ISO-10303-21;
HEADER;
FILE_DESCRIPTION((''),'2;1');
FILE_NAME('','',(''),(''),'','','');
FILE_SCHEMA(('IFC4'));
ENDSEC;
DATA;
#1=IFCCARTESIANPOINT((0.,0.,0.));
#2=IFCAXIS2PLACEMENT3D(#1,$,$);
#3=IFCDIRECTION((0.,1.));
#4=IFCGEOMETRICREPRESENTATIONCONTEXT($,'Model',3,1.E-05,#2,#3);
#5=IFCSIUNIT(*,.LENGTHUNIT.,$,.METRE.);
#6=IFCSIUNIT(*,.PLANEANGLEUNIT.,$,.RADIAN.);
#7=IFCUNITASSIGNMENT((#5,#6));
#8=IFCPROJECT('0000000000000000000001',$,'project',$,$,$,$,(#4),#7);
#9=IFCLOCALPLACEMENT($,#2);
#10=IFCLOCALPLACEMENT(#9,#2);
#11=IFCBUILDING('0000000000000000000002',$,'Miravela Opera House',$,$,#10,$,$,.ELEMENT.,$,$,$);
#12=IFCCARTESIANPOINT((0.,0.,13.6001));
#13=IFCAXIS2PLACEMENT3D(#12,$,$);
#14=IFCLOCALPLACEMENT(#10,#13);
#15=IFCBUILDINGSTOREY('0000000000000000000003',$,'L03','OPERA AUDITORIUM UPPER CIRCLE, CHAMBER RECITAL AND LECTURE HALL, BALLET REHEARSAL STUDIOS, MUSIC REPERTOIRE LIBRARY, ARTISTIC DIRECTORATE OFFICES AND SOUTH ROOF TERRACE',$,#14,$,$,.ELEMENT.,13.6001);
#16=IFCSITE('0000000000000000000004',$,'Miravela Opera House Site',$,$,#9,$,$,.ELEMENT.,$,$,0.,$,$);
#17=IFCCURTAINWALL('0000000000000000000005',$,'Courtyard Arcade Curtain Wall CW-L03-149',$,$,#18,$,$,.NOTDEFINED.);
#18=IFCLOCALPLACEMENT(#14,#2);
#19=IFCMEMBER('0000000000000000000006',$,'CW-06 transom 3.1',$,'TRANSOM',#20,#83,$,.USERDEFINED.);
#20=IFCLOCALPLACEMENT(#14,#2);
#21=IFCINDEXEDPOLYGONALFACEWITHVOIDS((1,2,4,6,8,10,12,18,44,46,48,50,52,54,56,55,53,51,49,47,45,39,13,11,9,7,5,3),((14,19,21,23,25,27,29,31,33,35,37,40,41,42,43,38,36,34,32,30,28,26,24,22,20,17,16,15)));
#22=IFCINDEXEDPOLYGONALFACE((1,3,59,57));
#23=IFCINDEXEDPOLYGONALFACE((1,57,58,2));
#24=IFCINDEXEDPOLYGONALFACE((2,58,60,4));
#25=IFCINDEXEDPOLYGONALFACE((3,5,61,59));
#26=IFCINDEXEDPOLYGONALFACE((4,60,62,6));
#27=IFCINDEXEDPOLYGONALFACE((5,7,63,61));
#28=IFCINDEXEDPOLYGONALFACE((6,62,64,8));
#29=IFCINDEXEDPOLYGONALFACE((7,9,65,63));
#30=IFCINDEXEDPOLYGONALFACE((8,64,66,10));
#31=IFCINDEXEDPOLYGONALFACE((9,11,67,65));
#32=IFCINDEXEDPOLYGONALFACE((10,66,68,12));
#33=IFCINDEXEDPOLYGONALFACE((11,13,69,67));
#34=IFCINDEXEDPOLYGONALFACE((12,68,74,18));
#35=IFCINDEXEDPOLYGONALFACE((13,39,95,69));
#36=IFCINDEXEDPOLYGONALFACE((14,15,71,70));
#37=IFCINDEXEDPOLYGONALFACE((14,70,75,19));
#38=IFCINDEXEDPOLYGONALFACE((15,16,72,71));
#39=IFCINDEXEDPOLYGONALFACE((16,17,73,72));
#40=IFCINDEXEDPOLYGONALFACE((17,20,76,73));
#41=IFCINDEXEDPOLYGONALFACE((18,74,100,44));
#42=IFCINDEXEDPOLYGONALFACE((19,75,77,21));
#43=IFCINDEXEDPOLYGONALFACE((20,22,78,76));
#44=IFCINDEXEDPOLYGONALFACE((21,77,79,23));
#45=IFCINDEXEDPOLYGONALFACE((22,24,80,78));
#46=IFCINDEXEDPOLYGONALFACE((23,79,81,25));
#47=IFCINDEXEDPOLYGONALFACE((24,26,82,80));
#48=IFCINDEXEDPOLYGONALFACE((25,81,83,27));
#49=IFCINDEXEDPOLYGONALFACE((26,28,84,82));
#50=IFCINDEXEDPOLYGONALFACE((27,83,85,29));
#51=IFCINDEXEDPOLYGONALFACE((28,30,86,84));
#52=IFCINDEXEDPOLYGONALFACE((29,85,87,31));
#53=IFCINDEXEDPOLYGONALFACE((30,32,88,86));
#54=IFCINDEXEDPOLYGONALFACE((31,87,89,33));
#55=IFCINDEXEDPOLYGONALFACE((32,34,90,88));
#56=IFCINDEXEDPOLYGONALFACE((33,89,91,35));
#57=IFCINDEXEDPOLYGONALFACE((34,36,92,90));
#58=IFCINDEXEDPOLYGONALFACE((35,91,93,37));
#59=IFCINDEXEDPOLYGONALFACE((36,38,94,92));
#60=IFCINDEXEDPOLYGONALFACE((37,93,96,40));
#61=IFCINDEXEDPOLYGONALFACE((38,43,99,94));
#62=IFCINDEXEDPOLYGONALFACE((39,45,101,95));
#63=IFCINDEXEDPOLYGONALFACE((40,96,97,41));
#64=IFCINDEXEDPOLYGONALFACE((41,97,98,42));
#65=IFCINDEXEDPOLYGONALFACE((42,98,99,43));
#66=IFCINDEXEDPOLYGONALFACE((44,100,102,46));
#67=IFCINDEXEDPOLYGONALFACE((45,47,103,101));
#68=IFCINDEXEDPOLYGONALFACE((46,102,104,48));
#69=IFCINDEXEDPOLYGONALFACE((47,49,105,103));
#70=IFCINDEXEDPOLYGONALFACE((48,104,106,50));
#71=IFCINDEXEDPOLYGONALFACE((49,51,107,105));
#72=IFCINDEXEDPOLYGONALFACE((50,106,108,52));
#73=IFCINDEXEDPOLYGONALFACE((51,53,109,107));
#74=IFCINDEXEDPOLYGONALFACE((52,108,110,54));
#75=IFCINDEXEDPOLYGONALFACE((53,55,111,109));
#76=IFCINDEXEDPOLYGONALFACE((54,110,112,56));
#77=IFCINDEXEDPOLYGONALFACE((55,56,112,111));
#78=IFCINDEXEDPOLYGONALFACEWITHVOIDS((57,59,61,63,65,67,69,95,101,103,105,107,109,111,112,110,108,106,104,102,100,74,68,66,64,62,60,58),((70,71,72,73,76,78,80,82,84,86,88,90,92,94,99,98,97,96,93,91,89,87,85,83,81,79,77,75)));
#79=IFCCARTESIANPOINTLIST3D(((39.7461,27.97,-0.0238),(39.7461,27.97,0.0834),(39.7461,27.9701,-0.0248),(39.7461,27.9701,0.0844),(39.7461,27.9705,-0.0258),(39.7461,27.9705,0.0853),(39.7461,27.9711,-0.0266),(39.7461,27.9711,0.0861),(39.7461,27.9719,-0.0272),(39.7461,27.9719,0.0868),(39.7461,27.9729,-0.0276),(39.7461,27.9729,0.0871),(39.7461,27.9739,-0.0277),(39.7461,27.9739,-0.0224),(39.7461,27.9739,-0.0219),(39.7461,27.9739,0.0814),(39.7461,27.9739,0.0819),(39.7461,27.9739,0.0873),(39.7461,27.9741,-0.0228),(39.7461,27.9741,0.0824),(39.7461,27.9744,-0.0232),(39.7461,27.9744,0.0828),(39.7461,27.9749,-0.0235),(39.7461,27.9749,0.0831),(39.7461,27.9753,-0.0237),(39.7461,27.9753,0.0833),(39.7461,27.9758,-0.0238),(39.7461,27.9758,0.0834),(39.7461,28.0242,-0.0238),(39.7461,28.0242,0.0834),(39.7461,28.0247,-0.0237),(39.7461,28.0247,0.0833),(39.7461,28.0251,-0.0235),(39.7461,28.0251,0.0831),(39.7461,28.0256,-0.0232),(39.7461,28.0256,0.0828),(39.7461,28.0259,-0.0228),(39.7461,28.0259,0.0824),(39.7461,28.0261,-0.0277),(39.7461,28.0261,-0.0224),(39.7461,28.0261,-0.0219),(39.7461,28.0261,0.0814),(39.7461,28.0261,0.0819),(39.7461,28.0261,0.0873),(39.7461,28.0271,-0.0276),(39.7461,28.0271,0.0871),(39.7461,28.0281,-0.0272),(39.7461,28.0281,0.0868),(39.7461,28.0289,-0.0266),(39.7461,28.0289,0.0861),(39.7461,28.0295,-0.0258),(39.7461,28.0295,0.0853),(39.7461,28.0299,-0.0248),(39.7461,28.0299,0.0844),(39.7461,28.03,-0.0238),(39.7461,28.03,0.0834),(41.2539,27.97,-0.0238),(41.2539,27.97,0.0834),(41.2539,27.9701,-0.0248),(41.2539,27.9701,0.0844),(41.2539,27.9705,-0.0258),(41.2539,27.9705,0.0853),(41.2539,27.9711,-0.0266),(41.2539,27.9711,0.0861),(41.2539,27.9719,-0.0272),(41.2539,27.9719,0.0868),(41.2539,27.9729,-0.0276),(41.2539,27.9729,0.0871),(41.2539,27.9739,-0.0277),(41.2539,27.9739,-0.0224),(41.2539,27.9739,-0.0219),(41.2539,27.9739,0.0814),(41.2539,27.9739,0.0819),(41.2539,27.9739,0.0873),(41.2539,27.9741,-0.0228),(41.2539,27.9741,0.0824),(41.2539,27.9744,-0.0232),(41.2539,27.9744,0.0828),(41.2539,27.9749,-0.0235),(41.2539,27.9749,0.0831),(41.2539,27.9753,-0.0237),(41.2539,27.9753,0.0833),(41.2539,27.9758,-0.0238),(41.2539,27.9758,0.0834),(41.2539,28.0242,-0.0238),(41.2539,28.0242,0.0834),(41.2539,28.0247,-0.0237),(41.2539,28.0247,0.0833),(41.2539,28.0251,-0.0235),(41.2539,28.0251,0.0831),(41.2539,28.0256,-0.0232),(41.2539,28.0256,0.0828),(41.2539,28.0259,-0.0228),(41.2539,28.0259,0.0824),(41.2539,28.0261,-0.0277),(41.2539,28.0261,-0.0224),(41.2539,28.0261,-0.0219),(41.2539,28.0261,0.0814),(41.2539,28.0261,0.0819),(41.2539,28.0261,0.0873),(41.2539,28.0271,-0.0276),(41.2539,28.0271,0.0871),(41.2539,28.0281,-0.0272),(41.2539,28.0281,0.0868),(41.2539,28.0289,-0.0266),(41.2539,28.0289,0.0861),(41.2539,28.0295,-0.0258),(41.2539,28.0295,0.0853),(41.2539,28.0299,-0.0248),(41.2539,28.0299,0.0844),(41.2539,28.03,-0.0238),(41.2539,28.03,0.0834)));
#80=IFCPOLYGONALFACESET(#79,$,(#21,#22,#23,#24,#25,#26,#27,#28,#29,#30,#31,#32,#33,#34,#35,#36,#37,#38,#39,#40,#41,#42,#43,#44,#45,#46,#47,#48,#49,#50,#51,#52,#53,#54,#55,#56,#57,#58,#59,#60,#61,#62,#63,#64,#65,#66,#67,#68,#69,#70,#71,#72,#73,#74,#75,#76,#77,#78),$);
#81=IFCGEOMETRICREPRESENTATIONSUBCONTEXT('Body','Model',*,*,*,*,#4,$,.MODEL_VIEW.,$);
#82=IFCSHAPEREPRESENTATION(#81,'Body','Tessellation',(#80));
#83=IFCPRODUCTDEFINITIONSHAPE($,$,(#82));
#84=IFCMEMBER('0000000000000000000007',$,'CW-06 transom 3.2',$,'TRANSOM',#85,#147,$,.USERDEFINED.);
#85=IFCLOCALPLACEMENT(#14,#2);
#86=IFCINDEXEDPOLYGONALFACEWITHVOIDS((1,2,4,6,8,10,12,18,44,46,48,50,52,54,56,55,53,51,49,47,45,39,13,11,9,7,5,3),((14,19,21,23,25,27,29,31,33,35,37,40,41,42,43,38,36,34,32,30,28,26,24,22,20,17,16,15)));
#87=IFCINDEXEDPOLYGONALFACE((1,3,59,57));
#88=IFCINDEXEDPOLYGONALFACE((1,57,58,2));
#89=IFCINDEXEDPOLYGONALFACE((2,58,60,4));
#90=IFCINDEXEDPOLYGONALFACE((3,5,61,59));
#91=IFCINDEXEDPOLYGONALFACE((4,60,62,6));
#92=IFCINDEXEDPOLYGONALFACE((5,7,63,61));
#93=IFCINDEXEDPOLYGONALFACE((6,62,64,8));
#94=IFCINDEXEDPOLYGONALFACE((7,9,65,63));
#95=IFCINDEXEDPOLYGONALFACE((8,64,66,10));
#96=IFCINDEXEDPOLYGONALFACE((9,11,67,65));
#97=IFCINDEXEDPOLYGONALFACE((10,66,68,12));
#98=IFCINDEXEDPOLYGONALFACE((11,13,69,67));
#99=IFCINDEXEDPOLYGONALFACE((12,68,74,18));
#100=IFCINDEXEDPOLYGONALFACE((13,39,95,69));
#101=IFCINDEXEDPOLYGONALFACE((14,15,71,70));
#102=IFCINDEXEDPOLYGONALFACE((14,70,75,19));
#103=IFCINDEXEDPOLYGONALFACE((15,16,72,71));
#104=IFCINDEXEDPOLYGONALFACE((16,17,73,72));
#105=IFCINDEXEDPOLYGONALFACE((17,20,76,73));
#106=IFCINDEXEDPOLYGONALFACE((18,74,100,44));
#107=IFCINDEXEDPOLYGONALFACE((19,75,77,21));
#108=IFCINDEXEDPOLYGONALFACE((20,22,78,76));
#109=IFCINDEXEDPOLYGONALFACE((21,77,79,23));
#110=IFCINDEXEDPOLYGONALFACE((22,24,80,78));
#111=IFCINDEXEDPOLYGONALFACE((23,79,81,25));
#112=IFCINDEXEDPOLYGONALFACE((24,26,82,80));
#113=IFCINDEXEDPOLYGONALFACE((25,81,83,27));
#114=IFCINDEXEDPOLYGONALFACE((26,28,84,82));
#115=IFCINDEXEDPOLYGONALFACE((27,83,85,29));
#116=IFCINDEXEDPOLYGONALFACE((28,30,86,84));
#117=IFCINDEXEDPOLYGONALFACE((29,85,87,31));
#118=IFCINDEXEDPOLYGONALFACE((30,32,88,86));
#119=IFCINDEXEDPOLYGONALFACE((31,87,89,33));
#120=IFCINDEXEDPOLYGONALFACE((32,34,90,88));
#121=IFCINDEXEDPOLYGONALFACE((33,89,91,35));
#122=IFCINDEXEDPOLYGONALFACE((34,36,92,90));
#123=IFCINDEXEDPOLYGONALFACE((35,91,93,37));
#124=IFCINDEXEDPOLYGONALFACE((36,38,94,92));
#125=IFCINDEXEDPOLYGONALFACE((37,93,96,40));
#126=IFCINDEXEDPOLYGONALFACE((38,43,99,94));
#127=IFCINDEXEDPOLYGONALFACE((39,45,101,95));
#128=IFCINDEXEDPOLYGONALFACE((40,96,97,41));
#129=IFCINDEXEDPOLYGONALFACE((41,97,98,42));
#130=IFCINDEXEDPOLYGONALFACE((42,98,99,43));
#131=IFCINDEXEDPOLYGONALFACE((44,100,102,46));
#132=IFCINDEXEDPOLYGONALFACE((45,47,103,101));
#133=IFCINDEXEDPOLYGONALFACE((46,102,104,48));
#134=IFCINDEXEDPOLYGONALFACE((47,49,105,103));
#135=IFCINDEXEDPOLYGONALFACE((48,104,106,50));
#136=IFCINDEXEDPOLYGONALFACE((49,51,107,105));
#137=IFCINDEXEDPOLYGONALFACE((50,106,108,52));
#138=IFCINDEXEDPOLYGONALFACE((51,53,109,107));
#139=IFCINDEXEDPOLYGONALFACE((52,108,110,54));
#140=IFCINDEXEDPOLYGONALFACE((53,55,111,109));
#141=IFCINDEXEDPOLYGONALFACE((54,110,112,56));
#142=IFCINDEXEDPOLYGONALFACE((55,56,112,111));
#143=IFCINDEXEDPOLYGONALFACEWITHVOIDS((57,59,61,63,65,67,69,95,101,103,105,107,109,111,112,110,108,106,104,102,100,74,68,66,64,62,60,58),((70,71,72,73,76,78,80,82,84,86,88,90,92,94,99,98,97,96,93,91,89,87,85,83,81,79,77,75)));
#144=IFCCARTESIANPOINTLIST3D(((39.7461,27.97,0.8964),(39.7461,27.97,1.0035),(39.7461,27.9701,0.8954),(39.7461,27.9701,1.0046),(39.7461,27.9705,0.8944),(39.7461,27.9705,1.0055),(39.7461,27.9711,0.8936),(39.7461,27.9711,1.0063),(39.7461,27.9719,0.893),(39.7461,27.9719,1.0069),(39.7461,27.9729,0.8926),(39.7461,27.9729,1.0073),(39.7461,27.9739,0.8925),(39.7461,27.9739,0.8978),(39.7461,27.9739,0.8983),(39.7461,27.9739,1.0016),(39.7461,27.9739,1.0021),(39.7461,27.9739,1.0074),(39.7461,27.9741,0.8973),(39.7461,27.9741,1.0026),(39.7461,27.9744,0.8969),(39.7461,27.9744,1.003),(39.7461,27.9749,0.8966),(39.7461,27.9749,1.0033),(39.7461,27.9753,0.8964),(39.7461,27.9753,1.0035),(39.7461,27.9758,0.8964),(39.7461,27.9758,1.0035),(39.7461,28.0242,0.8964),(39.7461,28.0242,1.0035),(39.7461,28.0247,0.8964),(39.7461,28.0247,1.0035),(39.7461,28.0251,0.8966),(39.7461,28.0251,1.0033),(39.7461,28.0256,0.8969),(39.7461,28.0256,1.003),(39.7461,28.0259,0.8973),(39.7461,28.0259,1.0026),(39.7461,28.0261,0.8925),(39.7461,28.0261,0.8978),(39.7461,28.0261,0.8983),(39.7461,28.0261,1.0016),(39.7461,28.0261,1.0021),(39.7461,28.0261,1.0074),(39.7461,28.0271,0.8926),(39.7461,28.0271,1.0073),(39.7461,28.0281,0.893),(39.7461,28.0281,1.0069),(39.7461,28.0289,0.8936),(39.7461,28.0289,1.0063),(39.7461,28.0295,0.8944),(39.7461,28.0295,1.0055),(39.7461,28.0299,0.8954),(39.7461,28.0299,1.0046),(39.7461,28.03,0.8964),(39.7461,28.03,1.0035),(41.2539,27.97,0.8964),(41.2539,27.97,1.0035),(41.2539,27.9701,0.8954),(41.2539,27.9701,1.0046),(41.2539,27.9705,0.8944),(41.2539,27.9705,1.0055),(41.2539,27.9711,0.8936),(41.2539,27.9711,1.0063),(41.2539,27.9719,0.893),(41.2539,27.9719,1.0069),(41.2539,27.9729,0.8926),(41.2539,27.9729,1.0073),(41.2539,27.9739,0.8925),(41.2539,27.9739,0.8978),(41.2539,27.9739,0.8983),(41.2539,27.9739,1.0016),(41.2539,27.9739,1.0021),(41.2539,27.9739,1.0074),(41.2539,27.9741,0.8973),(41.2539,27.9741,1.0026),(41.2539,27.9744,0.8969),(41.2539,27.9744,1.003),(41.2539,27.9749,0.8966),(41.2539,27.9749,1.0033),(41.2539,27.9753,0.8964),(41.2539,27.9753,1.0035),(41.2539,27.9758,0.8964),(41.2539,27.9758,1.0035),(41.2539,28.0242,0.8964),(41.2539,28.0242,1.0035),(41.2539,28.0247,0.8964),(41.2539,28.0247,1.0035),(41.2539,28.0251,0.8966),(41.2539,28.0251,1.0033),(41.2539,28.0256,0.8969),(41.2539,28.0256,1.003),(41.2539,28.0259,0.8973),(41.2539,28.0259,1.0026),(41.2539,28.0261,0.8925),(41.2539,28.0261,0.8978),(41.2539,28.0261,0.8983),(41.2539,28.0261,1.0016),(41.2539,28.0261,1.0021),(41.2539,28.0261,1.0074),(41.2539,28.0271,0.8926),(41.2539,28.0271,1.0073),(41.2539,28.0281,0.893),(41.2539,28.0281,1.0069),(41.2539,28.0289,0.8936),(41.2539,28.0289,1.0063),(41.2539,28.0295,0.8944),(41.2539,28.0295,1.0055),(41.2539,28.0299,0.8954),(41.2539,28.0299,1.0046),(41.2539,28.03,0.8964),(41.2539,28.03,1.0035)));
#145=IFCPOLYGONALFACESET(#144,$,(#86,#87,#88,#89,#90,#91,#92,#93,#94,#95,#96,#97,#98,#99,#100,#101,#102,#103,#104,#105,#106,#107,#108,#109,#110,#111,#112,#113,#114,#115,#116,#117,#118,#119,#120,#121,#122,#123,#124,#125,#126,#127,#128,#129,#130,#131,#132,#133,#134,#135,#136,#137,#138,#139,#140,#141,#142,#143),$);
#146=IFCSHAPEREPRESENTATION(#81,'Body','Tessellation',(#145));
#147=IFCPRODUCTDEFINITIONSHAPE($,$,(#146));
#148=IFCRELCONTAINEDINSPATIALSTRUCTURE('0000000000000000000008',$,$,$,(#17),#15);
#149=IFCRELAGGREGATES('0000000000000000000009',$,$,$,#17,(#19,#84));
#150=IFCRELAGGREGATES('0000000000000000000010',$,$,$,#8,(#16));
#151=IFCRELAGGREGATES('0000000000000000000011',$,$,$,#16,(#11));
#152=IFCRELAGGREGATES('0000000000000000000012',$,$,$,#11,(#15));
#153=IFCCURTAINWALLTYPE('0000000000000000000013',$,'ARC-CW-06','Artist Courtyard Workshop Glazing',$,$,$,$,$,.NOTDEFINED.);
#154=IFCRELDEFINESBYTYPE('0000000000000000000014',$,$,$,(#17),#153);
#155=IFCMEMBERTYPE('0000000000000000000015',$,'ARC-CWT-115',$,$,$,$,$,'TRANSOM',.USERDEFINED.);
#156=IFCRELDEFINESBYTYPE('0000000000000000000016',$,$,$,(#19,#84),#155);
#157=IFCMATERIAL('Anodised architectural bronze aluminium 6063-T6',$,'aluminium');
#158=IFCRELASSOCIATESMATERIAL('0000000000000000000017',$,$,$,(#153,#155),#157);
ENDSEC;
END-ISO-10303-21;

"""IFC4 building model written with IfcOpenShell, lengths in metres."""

from ifc_helpers import new_model, si_unit, direction, frame, origin, origin_2d, place, context, subcontext, project, spatial, hollow_rectangle, extrude, material, material_profile, profile_set, type_object, element, aggregate, save


model = new_model("IFC4")

# Units and contexts
model_context = context("Model", 3, precision=1e-05, world=origin(), true_north=direction((0.0, 1.0)))
body_context = subcontext(model_context, "Body", "Model", "MODEL_VIEW")
ifc_project = project(units=[si_unit("LENGTHUNIT", "METRE"), si_unit("PLANEANGLEUNIT", "RADIAN")], contexts=[model_context])

# Site, building, storey
site_placement = place(None, origin())
site = spatial("IfcSite", under=ifc_project, at=site_placement, Name="Miravela Opera House Site", CompositionType="ELEMENT", RefElevation=0.0)
building_placement = place(site_placement, origin())
building = spatial("IfcBuilding", under=site, at=building_placement, Name="Miravela Opera House", CompositionType="ELEMENT")
storey_placement = place(building_placement, frame((0.0, 0.0, 13.6001)))
storey = spatial("IfcBuildingStorey", under=building, at=storey_placement, Name="L03", Description="OPERA AUDITORIUM UPPER CIRCLE, CHAMBER RECITAL AND LECTURE HALL, BALLET REHEARSAL STUDIOS, MUSIC REPERTOIRE LIBRARY, ARTISTIC DIRECTORATE OFFICES AND SOUTH ROOF TERRACE", CompositionType="ELEMENT", Elevation=13.6001)

# Curtain wall, members
ifc_material_1 = material(Name="Anodised architectural bronze aluminium 6063-T6", Category="aluminium")
curtain_wall_type = type_object("IfcCurtainWallType", Name="ARC-CW-06", Description="Artist Courtyard Workshop Glazing", PredefinedType="NOTDEFINED", material=ifc_material_1)
curtain_wall_placement = place(storey_placement, origin())
curtain_wall = element("IfcCurtainWall", 1, at=curtain_wall_placement, inside=storey, type_object=curtain_wall_type, Name="Courtyard Arcade Curtain Wall CW-L03-149", PredefinedType="NOTDEFINED")
ifc_material_profile_1 = material_profile(ifc_material_1, hollow_rectangle(XDim=0.0601, YDim=0.115, WallThickness=0.0039, InnerFilletRadius=0.002, OuterFilletRadius=0.0039, at=origin_2d()), Name="CWT-60X115")
ifc_profile_set_1 = profile_set([ifc_material_profile_1])
member_type_1 = type_object("IfcMemberType", Name="ARC-CWT-115", ElementType="TRANSOM", PredefinedType="USERDEFINED", material=ifc_profile_set_1)
member_1_placement = place(storey_placement, frame((39.7461, 28.0, 0.0298), z_axis=(1.0, 0.0, 0.0), x_axis=(0.0, 1.0, 0.0)))
member_1 = element("IfcMember", 2, at=member_1_placement, type_object=member_type_1, Name="CW-06 transom 3.1", ObjectType="TRANSOM", PredefinedType="USERDEFINED", context=body_context, shape_type="SweptSolid", body=[
    extrude(hollow_rectangle(XDim=0.0601, YDim=0.115, WallThickness=0.0039, InnerFilletRadius=0.002, OuterFilletRadius=0.0039, at=origin_2d()), origin(), (0.0, 0.0, 1.0), 1.5078),
])
member_2_placement = place(storey_placement, frame((39.7461, 28.0, 0.95), z_axis=(1.0, 0.0, 0.0), x_axis=(0.0, 1.0, 0.0)))
member_2 = element("IfcMember", 3, at=member_2_placement, type_object=member_type_1, Name="CW-06 transom 3.2", ObjectType="TRANSOM", PredefinedType="USERDEFINED", context=body_context, shape_type="SweptSolid", body=[
    extrude(hollow_rectangle(XDim=0.0601, YDim=0.115, WallThickness=0.0039, InnerFilletRadius=0.002, OuterFilletRadius=0.0039, at=origin_2d()), origin(), (0.0, 0.0, 1.0), 1.5078),
])

aggregate(curtain_wall, [member_1, member_2])

save(model, "model.ifc")
